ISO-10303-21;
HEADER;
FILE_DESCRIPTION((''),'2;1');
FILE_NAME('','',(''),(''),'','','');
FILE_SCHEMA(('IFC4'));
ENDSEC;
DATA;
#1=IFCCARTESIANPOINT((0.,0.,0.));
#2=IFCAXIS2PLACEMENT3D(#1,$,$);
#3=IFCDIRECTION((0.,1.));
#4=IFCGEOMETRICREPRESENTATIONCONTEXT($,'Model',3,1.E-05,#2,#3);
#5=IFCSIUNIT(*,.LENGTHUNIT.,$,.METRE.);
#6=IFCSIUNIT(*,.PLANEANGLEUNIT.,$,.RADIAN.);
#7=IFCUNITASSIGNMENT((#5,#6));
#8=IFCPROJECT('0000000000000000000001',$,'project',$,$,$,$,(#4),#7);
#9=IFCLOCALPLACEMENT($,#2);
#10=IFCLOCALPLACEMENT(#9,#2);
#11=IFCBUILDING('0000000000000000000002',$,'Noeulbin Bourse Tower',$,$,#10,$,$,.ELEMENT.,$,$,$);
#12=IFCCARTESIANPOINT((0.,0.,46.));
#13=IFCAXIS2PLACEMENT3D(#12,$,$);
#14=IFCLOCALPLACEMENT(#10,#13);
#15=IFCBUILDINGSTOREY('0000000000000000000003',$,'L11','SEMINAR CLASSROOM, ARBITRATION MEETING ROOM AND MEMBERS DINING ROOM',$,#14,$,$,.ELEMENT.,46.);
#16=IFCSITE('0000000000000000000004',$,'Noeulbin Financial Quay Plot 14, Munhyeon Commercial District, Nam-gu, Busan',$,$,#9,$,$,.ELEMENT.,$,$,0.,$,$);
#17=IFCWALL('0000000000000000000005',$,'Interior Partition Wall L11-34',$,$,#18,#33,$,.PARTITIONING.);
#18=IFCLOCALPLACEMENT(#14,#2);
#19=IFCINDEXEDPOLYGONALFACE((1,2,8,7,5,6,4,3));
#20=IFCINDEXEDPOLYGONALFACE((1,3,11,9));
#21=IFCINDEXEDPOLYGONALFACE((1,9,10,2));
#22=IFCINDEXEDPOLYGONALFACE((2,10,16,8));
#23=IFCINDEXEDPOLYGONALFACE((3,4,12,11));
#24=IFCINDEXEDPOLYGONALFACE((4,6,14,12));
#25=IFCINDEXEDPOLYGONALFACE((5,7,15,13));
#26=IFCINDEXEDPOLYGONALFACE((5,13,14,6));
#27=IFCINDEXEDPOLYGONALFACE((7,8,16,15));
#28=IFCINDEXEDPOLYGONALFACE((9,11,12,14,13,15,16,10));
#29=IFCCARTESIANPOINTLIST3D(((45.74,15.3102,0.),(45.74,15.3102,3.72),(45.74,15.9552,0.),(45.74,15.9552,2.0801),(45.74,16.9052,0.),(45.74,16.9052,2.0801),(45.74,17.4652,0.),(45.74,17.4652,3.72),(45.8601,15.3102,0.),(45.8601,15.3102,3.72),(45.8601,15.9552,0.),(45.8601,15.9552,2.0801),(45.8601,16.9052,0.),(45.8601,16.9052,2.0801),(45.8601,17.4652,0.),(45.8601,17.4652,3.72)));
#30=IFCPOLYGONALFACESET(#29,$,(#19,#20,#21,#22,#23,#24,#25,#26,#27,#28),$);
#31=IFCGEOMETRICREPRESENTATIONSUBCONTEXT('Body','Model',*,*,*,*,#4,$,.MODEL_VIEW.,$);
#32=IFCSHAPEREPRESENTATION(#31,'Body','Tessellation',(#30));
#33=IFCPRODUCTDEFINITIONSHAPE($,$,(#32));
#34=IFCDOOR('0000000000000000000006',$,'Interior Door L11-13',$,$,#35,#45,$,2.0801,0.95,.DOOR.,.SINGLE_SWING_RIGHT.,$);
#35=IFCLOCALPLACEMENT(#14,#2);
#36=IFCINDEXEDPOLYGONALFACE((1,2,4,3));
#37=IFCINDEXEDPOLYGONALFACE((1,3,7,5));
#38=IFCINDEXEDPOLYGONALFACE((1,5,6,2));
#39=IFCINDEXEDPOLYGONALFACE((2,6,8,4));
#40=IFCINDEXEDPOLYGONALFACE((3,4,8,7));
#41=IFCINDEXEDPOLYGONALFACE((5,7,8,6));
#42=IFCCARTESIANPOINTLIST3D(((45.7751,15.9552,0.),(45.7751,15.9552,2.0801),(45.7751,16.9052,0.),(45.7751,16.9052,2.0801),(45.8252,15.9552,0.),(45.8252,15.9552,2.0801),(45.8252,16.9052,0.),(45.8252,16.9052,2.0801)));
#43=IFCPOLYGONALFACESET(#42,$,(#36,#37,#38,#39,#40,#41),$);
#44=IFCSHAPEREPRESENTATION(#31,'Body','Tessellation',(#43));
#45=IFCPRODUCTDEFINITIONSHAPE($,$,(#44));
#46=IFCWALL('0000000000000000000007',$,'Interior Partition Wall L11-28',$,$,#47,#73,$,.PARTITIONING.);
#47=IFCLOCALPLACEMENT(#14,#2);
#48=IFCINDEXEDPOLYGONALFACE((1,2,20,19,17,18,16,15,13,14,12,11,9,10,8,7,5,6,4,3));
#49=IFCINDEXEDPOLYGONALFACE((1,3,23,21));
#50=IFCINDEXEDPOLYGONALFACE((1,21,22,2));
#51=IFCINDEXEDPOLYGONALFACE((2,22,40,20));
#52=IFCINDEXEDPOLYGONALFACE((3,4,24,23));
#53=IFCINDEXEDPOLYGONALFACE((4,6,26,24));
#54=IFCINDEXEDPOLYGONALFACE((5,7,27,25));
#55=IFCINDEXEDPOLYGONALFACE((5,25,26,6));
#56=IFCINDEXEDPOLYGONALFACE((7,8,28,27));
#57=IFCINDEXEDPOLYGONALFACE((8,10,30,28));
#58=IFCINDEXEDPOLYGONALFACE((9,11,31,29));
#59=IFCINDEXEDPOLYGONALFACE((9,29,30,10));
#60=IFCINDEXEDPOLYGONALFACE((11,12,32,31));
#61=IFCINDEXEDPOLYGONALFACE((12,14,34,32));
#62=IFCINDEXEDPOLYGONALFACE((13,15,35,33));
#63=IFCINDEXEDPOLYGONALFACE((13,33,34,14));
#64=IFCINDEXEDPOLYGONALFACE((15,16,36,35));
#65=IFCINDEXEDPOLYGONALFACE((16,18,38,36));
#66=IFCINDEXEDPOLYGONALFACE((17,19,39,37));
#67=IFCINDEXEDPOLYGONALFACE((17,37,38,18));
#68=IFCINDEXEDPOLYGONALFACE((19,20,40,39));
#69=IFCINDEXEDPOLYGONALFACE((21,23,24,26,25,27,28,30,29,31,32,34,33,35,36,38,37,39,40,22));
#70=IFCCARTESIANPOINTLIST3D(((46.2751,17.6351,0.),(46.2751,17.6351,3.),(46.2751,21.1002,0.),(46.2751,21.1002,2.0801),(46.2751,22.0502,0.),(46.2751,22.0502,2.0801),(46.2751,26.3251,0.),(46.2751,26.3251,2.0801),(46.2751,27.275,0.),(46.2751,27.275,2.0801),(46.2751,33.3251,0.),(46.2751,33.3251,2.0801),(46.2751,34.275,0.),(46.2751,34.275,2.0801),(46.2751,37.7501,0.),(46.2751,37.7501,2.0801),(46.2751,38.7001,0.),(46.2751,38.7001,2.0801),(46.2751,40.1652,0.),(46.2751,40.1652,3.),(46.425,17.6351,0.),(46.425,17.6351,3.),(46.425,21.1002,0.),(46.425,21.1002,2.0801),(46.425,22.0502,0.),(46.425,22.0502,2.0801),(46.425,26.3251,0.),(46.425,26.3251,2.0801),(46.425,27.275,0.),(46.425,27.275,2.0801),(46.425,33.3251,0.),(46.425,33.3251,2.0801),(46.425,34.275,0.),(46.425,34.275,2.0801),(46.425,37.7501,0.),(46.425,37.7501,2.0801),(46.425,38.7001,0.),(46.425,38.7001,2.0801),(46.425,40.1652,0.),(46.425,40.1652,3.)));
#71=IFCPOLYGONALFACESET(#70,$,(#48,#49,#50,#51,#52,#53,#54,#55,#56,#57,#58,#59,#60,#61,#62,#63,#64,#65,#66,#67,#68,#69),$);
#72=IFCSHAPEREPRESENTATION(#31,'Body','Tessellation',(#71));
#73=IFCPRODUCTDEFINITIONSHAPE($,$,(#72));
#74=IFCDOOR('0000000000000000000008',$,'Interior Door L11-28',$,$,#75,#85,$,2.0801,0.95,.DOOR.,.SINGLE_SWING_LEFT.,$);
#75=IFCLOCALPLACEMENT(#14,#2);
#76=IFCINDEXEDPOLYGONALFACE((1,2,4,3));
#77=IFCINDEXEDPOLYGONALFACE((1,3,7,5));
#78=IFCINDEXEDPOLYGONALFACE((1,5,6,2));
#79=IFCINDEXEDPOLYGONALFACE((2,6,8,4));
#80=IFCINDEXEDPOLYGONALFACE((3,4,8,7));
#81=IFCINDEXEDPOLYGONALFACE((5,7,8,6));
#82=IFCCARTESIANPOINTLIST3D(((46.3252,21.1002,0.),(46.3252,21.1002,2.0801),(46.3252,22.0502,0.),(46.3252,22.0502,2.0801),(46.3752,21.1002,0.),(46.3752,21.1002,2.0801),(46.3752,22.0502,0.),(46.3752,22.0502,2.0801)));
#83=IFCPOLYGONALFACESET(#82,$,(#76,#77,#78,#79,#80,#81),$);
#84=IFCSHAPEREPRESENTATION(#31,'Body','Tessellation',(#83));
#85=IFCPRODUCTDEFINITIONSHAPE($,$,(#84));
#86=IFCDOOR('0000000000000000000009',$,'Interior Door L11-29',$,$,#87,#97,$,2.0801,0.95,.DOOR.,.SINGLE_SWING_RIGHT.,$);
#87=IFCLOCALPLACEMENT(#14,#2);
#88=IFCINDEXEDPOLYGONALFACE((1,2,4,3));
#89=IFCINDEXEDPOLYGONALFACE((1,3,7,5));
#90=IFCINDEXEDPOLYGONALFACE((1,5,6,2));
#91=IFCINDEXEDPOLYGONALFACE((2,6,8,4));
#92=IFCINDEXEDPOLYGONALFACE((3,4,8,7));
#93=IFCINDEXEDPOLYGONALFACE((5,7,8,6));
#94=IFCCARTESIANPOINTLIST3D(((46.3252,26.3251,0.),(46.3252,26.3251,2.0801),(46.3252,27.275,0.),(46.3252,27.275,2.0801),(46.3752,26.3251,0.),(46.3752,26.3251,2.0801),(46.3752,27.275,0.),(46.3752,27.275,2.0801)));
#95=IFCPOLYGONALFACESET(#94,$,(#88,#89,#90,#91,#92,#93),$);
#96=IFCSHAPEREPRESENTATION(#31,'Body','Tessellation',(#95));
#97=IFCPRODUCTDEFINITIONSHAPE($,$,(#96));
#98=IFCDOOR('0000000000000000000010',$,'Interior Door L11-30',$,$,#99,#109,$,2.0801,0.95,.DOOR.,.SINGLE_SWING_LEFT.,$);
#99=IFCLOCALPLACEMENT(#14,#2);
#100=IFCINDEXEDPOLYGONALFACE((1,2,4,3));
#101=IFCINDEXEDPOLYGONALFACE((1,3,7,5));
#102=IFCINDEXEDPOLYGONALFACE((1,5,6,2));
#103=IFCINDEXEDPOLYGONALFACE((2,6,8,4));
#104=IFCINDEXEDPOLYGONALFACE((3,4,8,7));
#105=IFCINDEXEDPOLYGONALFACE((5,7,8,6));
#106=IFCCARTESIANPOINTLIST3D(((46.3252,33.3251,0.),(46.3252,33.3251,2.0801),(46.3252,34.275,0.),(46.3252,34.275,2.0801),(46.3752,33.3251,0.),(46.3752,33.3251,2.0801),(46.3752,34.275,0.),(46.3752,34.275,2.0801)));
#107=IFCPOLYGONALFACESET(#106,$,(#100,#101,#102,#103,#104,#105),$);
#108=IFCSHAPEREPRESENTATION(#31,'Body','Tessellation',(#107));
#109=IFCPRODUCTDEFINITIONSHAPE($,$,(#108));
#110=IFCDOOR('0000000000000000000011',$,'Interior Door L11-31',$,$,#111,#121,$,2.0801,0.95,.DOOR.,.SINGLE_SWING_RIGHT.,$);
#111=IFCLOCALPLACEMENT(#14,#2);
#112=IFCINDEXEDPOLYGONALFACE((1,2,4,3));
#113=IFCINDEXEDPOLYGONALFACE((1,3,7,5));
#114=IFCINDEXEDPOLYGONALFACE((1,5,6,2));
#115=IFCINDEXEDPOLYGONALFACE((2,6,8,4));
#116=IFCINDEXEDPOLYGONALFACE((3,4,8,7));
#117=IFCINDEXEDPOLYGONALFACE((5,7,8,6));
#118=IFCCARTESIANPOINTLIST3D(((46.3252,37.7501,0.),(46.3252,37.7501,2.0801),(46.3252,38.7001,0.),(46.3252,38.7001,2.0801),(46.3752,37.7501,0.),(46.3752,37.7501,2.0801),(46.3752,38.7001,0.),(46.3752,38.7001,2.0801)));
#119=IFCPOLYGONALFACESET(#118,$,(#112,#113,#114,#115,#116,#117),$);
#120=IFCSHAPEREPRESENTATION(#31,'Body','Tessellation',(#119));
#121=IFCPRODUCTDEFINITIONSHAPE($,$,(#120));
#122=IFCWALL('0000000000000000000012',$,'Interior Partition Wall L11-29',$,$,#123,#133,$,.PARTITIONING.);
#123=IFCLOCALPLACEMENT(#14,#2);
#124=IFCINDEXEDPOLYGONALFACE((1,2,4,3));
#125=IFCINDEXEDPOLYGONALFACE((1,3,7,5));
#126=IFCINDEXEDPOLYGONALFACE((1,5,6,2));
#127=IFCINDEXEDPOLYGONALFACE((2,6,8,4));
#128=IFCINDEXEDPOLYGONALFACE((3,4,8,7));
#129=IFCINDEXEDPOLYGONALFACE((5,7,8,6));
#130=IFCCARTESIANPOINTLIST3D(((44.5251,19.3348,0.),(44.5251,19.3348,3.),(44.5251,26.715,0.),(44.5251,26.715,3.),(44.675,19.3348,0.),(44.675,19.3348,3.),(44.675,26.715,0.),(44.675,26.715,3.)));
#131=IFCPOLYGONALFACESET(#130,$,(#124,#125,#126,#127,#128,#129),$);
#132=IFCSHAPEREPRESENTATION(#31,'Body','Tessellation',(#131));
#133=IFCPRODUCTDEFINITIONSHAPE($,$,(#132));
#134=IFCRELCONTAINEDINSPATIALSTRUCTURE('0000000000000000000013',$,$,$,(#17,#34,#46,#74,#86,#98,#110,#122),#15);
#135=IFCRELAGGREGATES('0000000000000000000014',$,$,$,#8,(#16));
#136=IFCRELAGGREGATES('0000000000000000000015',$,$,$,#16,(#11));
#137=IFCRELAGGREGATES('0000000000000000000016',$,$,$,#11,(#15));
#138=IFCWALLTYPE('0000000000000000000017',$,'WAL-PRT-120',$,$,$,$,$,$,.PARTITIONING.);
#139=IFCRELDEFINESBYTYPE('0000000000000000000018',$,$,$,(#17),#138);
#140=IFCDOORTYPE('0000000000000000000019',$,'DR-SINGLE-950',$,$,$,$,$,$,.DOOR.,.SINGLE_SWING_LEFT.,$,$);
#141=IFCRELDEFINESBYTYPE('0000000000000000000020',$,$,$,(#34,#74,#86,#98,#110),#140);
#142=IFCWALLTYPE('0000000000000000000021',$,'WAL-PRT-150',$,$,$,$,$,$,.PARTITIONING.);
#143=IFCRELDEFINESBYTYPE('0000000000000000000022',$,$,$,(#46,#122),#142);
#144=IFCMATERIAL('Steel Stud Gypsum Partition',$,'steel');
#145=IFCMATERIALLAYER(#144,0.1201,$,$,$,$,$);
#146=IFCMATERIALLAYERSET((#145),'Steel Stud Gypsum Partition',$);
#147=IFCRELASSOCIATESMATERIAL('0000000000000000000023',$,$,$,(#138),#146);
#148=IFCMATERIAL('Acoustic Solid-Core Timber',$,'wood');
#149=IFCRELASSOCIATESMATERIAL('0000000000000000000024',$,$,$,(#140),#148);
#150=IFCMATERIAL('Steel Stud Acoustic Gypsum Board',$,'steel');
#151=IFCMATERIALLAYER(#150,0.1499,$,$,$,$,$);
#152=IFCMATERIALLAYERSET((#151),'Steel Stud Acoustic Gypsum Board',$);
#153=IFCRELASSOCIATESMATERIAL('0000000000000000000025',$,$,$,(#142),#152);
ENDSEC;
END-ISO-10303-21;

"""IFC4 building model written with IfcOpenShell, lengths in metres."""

from ifc_helpers import new_model, si_unit, direction, frame, frame_2d, origin, place, context, subcontext, project, spatial, rectangle, extrude, material, layer, layer_set, type_object, element, fill, save


model = new_model("IFC4")

# Units and contexts
model_context = context("Model", 3, precision=1e-05, world=origin(), true_north=direction((0.0, 1.0)))
body_context = subcontext(model_context, "Body", "Model", "MODEL_VIEW")
ifc_project = project(units=[si_unit("LENGTHUNIT", "METRE"), si_unit("PLANEANGLEUNIT", "RADIAN")], contexts=[model_context])

# Site, building, storey
site_placement = place(None, origin())
site = spatial("IfcSite", under=ifc_project, at=site_placement, Name="Noeulbin Financial Quay Plot 14, Munhyeon Commercial District, Nam-gu, Busan", CompositionType="ELEMENT", RefElevation=0.0)
building_placement = place(site_placement, origin())
building = spatial("IfcBuilding", under=site, at=building_placement, Name="Noeulbin Bourse Tower", CompositionType="ELEMENT")
storey_placement = place(building_placement, frame((0.0, 0.0, 46.0)))
storey = spatial("IfcBuildingStorey", under=building, at=storey_placement, Name="L11", Description="SEMINAR CLASSROOM, ARBITRATION MEETING ROOM AND MEMBERS DINING ROOM", CompositionType="ELEMENT", Elevation=46.0)

# Shared definitions
ifc_material_1 = material(Name="Steel Stud Gypsum Partition", Category="steel")
ifc_layer_1 = layer(ifc_material_1, 0.1201)
ifc_layer_set_1 = layer_set([ifc_layer_1], Name="Steel Stud Gypsum Partition")
wall_type_1 = type_object("IfcWallType", Name="WAL-PRT-120", PredefinedType="PARTITIONING", material=ifc_layer_set_1)

# Wall, opening, door
wall_1_placement = place(storey_placement, frame((45.8, 15.3101, 0.0), z_axis=(0.0, 0.0, 1.0), x_axis=(0.0, 1.0, 0.0)))
wall_1 = element("IfcWall", 1, at=wall_1_placement, inside=storey, type_object=wall_type_1, Name="Interior Partition Wall L11-34", PredefinedType="PARTITIONING", context=body_context, shape_type="SweptSolid", body=[
    extrude(rectangle(XDim=2.155, YDim=0.1201, at=frame_2d((1.0776, 0.0))), origin(), (0.0, 0.0, 1.0), 3.72),
])
opening_1_placement = place(wall_1_placement, frame((0.645, 0.0, 0.0)))
opening_1 = element("IfcOpeningElement", 2, at=opening_1_placement, cuts=wall_1, PredefinedType="OPENING", context=body_context, shape_type="SweptSolid", body=[
    extrude(rectangle(XDim=0.95, YDim=2.0801, at=frame_2d((0.4751, 1.04))), frame((0.0, 0.0701, 0.0), z_axis=(0.0, -1.0, 0.0), x_axis=(1.0, 0.0, 0.0)), (0.0, 0.0, 1.0), 0.1401),
])
ifc_material_2 = material(Name="Acoustic Solid-Core Timber", Category="wood")
door_type = type_object("IfcDoorType", Name="DR-SINGLE-950", OperationType="SINGLE_SWING_LEFT", PredefinedType="DOOR", material=ifc_material_2)
door_1_placement = place(opening_1_placement, origin())
door_1 = element("IfcDoor", 3, at=door_1_placement, inside=storey, type_object=door_type, Name="Interior Door L11-13", OperationType="SINGLE_SWING_RIGHT", OverallHeight=2.0801, OverallWidth=0.95, PredefinedType="DOOR", context=body_context, shape_type="SweptSolid", body=[
    extrude(rectangle(XDim=0.95, YDim=2.0801, at=frame_2d((0.4751, 1.04))), frame((0.0, 0.0249, 0.0), z_axis=(0.0, -1.0, 0.0), x_axis=(1.0, 0.0, 0.0)), (0.0, 0.0, 1.0), 0.05),
])
fill(opening_1, door_1)

# Wall, openings, doors
ifc_material_3 = material(Name="Steel Stud Acoustic Gypsum Board", Category="steel")
ifc_layer_2 = layer(ifc_material_3, 0.1499)
ifc_layer_set_2 = layer_set([ifc_layer_2], Name="Steel Stud Acoustic Gypsum Board")
wall_type_2 = type_object("IfcWallType", Name="WAL-PRT-150", PredefinedType="PARTITIONING", material=ifc_layer_set_2)
wall_2_placement = place(storey_placement, frame((46.3501, 17.635, 0.0), z_axis=(0.0, 0.0, 1.0), x_axis=(0.0, 1.0, 0.0)))
wall_2 = element("IfcWall", 4, at=wall_2_placement, inside=storey, type_object=wall_type_2, Name="Interior Partition Wall L11-28", PredefinedType="PARTITIONING", context=body_context, shape_type="SweptSolid", body=[
    extrude(rectangle(XDim=22.53, YDim=0.1499, at=frame_2d((11.2651, 0.0))), origin(), (0.0, 0.0, 1.0), 3.0),
])
opening_2_placement = place(wall_2_placement, frame((3.4651, 0.0, 0.0)))
opening_2 = element("IfcOpeningElement", 5, at=opening_2_placement, cuts=wall_2, PredefinedType="OPENING", context=body_context, shape_type="SweptSolid", body=[
    extrude(rectangle(XDim=0.95, YDim=2.0801, at=frame_2d((0.4751, 1.04))), frame((0.0, 0.085, 0.0), z_axis=(0.0, -1.0, 0.0), x_axis=(1.0, 0.0, 0.0)), (0.0, 0.0, 1.0), 0.1699),
])
opening_3_placement = place(wall_2_placement, frame((8.6899, 0.0, 0.0)))
opening_3 = element("IfcOpeningElement", 6, at=opening_3_placement, cuts=wall_2, PredefinedType="OPENING", context=body_context, shape_type="SweptSolid", body=[
    extrude(rectangle(XDim=0.95, YDim=2.0801, at=frame_2d((0.4751, 1.04))), frame((0.0, 0.085, 0.0), z_axis=(0.0, -1.0, 0.0), x_axis=(1.0, 0.0, 0.0)), (0.0, 0.0, 1.0), 0.1699),
])
opening_4_placement = place(wall_2_placement, frame((15.6899, 0.0, 0.0)))
opening_4 = element("IfcOpeningElement", 7, at=opening_4_placement, cuts=wall_2, PredefinedType="OPENING", context=body_context, shape_type="SweptSolid", body=[
    extrude(rectangle(XDim=0.95, YDim=2.0801, at=frame_2d((0.4751, 1.04))), frame((0.0, 0.085, 0.0), z_axis=(0.0, -1.0, 0.0), x_axis=(1.0, 0.0, 0.0)), (0.0, 0.0, 1.0), 0.1699),
])
opening_5_placement = place(wall_2_placement, frame((20.115, 0.0, 0.0)))
opening_5 = element("IfcOpeningElement", 8, at=opening_5_placement, cuts=wall_2, PredefinedType="OPENING", context=body_context, shape_type="SweptSolid", body=[
    extrude(rectangle(XDim=0.95, YDim=2.0801, at=frame_2d((0.4751, 1.04))), frame((0.0, 0.085, 0.0), z_axis=(0.0, -1.0, 0.0), x_axis=(1.0, 0.0, 0.0)), (0.0, 0.0, 1.0), 0.1699),
])
door_2_placement = place(opening_2_placement, origin())
door_2 = element("IfcDoor", 9, at=door_2_placement, inside=storey, type_object=door_type, Name="Interior Door L11-28", OperationType="SINGLE_SWING_LEFT", OverallHeight=2.0801, OverallWidth=0.95, PredefinedType="DOOR", context=body_context, shape_type="SweptSolid", body=[
    extrude(rectangle(XDim=0.95, YDim=2.0801, at=frame_2d((0.4751, 1.04))), frame((0.0, 0.0249, 0.0), z_axis=(0.0, -1.0, 0.0), x_axis=(1.0, 0.0, 0.0)), (0.0, 0.0, 1.0), 0.05),
])
fill(opening_2, door_2)
door_3_placement = place(opening_3_placement, origin())
door_3 = element("IfcDoor", 10, at=door_3_placement, inside=storey, type_object=door_type, Name="Interior Door L11-29", OperationType="SINGLE_SWING_RIGHT", OverallHeight=2.0801, OverallWidth=0.95, PredefinedType="DOOR", context=body_context, shape_type="SweptSolid", body=[
    extrude(rectangle(XDim=0.95, YDim=2.0801, at=frame_2d((0.4751, 1.04))), frame((0.0, 0.0249, 0.0), z_axis=(0.0, -1.0, 0.0), x_axis=(1.0, 0.0, 0.0)), (0.0, 0.0, 1.0), 0.05),
])
fill(opening_3, door_3)
door_4_placement = place(opening_4_placement, origin())
door_4 = element("IfcDoor", 11, at=door_4_placement, inside=storey, type_object=door_type, Name="Interior Door L11-30", OperationType="SINGLE_SWING_LEFT", OverallHeight=2.0801, OverallWidth=0.95, PredefinedType="DOOR", context=body_context, shape_type="SweptSolid", body=[
    extrude(rectangle(XDim=0.95, YDim=2.0801, at=frame_2d((0.4751, 1.04))), frame((0.0, 0.0249, 0.0), z_axis=(0.0, -1.0, 0.0), x_axis=(1.0, 0.0, 0.0)), (0.0, 0.0, 1.0), 0.05),
])
fill(opening_4, door_4)
door_5_placement = place(opening_5_placement, origin())
door_5 = element("IfcDoor", 12, at=door_5_placement, inside=storey, type_object=door_type, Name="Interior Door L11-31", OperationType="SINGLE_SWING_RIGHT", OverallHeight=2.0801, OverallWidth=0.95, PredefinedType="DOOR", context=body_context, shape_type="SweptSolid", body=[
    extrude(rectangle(XDim=0.95, YDim=2.0801, at=frame_2d((0.4751, 1.04))), frame((0.0, 0.0249, 0.0), z_axis=(0.0, -1.0, 0.0), x_axis=(1.0, 0.0, 0.0)), (0.0, 0.0, 1.0), 0.05),
])
fill(opening_5, door_5)

# Wall
wall_3_placement = place(storey_placement, frame((44.6001, 19.335, 0.0), z_axis=(0.0, 0.0, 1.0), x_axis=(0.0, 1.0, 0.0)))
element("IfcWall", 13, at=wall_3_placement, inside=storey, type_object=wall_type_2, Name="Interior Partition Wall L11-29", PredefinedType="PARTITIONING", context=body_context, shape_type="SweptSolid", body=[
    extrude(rectangle(XDim=7.3801, YDim=0.1499, at=frame_2d((3.6899, 0.0))), origin(), (0.0, 0.0, 1.0), 3.0),
])

save(model, "model.ifc")
